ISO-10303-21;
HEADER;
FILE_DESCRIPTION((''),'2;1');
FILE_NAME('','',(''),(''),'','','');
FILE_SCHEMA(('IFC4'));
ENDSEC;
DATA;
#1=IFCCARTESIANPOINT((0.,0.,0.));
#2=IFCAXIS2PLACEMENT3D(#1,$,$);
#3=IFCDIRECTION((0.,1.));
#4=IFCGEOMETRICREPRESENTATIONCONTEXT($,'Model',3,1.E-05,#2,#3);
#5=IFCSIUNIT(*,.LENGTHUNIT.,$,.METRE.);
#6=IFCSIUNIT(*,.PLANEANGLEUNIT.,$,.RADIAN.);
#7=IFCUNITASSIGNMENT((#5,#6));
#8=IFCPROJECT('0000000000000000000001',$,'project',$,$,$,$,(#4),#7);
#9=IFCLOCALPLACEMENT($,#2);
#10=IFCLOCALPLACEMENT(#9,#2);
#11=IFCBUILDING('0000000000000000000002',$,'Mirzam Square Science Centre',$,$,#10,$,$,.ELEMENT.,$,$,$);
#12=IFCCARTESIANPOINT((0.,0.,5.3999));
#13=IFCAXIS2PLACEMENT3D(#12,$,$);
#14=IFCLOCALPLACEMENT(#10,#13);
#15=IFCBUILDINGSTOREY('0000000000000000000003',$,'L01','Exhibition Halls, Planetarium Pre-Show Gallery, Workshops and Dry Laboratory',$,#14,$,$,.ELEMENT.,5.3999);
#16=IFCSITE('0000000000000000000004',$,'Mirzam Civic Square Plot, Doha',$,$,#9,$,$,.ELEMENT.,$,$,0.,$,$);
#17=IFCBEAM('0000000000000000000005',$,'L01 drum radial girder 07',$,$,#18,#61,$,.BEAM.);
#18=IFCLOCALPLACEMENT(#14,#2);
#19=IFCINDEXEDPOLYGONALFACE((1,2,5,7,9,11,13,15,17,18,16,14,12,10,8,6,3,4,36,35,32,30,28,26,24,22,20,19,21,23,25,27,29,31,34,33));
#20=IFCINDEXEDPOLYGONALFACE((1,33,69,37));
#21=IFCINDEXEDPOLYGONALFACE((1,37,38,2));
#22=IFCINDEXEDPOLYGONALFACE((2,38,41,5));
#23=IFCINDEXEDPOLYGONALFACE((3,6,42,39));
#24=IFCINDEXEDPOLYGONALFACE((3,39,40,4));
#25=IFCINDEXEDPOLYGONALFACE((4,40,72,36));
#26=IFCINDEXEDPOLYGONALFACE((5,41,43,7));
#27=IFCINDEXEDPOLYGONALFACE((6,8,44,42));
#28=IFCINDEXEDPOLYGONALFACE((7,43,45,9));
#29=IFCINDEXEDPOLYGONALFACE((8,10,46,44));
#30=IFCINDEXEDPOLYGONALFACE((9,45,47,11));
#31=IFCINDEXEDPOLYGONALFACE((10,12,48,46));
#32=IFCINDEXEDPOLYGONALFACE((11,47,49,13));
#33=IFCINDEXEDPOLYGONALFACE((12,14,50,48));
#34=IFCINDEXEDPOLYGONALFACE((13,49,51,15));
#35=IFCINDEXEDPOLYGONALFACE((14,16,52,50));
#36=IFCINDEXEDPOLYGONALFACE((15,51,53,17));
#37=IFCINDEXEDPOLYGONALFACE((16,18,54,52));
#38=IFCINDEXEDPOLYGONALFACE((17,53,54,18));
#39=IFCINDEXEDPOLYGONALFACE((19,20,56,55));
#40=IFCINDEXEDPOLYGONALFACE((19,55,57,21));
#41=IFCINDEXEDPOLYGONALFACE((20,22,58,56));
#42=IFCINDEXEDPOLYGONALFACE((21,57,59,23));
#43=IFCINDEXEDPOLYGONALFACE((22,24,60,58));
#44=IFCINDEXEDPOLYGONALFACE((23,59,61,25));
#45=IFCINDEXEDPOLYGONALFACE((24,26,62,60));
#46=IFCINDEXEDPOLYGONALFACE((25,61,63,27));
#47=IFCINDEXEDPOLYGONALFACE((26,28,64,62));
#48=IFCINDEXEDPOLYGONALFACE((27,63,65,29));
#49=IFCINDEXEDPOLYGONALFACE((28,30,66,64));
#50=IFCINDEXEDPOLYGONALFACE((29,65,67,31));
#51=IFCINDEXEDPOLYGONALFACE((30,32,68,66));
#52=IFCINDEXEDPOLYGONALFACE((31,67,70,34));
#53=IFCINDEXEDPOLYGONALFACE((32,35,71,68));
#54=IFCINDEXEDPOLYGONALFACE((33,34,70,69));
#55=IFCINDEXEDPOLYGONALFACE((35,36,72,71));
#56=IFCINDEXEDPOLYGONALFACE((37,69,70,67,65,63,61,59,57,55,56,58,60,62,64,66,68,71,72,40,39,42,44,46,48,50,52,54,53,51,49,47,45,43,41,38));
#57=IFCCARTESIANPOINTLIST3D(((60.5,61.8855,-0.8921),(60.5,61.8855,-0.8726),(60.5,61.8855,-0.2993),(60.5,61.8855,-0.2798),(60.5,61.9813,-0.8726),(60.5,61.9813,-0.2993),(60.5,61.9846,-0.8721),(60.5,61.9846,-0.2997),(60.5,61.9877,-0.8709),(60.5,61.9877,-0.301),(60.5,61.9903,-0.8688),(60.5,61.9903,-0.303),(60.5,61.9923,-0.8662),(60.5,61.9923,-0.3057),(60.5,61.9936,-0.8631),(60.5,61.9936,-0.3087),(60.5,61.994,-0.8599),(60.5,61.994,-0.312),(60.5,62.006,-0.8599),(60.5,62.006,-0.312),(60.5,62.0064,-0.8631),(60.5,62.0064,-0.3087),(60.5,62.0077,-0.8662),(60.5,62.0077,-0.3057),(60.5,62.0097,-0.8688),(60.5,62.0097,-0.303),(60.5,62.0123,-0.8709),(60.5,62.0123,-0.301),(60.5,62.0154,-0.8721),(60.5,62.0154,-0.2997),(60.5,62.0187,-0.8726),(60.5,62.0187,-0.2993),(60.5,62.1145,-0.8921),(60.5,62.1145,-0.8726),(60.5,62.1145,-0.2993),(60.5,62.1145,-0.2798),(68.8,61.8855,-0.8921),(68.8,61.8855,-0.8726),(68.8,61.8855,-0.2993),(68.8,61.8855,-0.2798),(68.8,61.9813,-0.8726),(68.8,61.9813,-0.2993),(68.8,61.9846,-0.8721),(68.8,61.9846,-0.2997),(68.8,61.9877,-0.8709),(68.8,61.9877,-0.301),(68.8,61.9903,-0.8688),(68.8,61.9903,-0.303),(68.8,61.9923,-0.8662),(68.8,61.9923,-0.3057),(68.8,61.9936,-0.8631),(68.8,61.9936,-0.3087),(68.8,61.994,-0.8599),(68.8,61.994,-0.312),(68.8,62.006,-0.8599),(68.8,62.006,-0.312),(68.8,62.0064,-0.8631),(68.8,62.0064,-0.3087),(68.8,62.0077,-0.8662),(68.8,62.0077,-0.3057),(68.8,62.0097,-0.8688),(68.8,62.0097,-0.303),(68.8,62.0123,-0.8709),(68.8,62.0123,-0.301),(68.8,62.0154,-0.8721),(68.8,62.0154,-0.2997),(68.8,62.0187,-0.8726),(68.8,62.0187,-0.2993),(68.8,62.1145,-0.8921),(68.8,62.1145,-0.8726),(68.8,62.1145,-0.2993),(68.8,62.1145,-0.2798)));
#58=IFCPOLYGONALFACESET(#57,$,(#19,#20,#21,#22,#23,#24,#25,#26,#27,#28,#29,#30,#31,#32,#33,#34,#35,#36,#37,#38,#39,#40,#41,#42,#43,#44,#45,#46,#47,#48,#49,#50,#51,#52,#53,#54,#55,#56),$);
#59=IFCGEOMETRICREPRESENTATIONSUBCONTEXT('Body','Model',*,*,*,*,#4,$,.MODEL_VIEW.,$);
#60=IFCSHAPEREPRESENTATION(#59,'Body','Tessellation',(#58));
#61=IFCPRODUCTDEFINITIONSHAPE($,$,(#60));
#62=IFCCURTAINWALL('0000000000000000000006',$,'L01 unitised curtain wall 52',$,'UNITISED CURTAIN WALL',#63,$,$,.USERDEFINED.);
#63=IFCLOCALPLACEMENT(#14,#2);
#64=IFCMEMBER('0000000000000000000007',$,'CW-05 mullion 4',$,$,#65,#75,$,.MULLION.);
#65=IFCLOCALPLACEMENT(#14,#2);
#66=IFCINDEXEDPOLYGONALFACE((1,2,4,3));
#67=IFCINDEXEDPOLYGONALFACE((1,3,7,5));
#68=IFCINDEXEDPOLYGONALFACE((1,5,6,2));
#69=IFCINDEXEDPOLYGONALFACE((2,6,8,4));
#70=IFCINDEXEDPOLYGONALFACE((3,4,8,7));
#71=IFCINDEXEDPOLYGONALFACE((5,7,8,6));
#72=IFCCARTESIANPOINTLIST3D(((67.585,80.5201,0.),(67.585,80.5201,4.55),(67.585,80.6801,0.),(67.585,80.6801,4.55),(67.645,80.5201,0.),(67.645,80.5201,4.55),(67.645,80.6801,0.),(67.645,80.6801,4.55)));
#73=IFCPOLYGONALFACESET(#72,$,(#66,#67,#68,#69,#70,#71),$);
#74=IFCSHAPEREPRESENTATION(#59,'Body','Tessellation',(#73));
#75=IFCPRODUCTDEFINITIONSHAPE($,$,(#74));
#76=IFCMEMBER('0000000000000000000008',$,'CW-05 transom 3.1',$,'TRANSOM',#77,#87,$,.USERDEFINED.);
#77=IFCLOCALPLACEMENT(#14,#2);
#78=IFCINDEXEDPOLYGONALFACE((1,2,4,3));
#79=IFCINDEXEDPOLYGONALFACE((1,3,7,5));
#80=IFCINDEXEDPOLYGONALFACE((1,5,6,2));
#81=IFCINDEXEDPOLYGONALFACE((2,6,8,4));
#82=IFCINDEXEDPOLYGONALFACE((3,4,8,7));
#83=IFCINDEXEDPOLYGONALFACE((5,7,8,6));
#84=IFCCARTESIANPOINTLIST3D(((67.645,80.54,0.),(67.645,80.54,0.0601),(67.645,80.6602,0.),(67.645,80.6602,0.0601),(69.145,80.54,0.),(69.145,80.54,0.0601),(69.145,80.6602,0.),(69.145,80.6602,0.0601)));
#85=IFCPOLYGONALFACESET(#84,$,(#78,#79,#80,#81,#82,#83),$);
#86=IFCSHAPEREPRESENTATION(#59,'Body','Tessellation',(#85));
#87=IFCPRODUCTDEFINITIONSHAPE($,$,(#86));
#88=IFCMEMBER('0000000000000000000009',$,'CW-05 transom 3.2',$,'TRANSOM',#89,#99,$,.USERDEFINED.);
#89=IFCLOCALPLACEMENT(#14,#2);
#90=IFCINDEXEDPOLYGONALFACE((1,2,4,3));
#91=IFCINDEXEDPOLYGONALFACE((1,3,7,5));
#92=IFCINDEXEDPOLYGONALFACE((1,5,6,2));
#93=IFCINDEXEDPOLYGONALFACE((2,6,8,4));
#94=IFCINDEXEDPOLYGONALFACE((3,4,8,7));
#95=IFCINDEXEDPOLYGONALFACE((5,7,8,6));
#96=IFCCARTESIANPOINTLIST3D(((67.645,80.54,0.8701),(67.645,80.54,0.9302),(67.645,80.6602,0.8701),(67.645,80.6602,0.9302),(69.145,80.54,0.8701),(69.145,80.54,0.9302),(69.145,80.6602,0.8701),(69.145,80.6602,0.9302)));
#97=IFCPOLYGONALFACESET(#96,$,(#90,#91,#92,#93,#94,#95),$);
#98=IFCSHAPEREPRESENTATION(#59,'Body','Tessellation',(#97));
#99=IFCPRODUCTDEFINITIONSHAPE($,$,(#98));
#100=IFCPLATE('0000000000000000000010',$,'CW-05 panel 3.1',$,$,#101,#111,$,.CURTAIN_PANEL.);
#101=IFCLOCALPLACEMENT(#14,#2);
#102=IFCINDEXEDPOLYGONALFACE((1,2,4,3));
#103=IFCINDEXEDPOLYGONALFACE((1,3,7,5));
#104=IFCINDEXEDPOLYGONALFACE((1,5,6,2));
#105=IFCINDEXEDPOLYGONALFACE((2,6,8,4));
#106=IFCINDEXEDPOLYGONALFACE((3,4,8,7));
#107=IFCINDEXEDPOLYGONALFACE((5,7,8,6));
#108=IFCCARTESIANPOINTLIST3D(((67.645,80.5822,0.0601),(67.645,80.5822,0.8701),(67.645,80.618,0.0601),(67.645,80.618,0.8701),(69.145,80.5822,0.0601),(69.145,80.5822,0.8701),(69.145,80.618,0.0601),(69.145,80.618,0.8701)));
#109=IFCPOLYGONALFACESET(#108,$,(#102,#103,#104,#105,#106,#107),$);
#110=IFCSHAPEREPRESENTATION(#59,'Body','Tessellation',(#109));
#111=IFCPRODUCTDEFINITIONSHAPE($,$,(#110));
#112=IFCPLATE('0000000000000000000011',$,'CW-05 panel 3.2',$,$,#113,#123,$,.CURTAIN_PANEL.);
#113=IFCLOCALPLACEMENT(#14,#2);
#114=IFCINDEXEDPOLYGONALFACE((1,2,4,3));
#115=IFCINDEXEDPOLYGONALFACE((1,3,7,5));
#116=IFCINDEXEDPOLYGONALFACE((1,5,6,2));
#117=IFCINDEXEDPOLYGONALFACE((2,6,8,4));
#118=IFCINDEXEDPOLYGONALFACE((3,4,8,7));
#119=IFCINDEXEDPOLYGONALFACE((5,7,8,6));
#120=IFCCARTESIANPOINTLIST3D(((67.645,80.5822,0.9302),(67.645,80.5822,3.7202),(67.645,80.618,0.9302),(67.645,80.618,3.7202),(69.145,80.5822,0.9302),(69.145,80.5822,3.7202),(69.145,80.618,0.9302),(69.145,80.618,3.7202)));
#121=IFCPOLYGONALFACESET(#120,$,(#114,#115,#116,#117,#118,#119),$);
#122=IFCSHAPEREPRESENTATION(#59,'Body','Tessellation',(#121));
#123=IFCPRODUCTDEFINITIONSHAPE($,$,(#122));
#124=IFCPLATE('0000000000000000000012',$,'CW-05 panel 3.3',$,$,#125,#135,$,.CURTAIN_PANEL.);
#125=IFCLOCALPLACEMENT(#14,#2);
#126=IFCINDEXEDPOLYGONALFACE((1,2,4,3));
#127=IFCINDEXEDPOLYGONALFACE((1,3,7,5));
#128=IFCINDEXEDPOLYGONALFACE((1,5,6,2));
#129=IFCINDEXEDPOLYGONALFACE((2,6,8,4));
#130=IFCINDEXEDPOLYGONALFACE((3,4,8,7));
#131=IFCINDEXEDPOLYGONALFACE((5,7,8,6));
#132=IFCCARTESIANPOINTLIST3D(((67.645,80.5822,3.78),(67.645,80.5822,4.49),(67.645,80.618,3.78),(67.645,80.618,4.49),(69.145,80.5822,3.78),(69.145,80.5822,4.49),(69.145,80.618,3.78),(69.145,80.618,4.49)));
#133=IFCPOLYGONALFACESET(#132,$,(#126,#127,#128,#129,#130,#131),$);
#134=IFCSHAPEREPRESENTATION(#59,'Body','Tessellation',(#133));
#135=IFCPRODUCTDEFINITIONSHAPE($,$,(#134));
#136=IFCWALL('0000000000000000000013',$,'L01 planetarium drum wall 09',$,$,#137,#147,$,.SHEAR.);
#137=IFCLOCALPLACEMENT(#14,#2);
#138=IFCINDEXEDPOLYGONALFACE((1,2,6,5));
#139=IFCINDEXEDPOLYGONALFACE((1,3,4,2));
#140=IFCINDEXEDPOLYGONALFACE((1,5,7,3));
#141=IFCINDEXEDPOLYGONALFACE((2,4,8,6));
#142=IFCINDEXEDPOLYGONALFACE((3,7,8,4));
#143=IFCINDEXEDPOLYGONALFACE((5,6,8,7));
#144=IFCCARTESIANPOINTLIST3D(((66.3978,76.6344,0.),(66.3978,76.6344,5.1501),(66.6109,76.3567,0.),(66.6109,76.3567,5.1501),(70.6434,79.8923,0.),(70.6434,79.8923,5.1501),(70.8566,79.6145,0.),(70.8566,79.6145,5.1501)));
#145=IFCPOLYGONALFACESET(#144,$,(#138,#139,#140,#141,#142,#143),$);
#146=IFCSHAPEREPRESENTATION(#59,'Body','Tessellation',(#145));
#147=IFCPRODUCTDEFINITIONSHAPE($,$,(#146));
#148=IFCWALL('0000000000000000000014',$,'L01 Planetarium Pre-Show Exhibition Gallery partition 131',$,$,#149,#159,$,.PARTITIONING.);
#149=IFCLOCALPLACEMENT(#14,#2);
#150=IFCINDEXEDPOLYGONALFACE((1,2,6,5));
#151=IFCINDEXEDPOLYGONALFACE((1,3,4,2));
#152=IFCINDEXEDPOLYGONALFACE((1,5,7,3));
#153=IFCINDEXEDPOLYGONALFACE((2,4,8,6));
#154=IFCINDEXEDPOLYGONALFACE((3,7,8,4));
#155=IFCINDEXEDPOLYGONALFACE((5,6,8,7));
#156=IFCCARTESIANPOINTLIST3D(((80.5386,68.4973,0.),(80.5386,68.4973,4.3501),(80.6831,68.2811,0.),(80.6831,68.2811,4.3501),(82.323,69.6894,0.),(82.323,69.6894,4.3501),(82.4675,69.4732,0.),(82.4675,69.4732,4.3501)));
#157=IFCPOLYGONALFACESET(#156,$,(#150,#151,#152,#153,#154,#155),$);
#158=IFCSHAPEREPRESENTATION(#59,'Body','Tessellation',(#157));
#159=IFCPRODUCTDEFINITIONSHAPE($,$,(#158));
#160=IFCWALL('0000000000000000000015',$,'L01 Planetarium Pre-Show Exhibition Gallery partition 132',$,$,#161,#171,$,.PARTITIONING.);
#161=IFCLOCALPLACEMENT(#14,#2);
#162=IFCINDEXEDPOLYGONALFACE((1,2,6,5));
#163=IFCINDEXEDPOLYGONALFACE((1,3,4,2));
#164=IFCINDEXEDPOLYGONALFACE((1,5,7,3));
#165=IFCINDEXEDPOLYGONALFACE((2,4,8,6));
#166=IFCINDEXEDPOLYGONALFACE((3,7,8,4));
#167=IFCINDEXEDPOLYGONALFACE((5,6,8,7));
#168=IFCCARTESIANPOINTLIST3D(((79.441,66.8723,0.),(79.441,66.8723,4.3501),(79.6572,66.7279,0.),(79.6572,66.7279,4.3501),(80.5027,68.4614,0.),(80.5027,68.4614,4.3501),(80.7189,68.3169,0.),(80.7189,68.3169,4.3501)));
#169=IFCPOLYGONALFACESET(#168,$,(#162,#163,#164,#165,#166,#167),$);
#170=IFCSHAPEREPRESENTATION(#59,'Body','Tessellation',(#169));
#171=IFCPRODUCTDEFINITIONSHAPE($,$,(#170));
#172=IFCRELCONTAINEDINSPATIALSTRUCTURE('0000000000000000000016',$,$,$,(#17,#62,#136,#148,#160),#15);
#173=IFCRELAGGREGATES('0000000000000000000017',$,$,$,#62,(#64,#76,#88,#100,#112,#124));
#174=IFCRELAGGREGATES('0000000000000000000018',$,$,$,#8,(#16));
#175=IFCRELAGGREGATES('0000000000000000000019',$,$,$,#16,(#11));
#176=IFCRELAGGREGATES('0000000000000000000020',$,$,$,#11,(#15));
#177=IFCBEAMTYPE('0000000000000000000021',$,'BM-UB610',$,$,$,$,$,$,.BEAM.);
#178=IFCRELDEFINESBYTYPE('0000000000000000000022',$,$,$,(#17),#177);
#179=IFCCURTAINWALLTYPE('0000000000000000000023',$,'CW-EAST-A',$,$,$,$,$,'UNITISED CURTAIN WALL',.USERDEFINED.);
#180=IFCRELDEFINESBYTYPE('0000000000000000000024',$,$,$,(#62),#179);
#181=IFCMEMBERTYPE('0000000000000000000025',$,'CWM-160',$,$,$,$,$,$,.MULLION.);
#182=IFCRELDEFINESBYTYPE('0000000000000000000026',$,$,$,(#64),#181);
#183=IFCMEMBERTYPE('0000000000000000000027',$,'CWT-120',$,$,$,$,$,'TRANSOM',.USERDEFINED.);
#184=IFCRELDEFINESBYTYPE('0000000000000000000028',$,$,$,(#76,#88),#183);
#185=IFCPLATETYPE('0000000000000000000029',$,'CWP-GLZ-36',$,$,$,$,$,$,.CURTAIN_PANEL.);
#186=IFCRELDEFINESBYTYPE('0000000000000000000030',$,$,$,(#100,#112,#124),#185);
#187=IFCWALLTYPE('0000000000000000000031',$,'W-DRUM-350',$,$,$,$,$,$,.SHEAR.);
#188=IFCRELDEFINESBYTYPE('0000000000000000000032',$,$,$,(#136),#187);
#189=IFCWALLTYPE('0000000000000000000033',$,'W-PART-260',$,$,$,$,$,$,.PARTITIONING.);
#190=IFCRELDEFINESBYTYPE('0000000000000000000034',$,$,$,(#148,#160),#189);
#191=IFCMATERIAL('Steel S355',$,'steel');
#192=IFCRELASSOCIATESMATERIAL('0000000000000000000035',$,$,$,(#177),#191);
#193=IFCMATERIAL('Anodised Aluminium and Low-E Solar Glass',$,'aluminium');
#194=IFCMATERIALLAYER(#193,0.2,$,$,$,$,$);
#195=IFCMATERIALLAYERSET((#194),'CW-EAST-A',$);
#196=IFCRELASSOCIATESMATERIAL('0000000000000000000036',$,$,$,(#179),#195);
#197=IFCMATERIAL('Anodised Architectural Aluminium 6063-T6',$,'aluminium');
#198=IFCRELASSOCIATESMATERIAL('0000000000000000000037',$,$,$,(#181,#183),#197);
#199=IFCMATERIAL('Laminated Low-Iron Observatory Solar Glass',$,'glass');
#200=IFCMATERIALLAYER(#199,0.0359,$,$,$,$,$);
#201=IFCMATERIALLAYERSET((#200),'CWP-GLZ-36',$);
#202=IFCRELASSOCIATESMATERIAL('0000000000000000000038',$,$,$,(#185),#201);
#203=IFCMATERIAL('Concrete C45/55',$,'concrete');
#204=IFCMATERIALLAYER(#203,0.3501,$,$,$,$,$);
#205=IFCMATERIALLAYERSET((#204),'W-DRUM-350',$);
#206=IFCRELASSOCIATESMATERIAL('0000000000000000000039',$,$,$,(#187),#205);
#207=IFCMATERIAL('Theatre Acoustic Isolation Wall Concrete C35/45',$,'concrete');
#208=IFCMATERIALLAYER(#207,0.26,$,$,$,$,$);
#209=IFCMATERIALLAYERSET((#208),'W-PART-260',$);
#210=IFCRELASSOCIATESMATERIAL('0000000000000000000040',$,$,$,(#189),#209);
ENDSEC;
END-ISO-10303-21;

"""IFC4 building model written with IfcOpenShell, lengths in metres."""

from ifc_helpers import new_model, si_unit, direction, frame, frame_2d, origin, origin_2d, place, context, subcontext, project, spatial, rectangle, i_section, extrude, material, layer, layer_set, material_profile, profile_set, type_object, element, aggregate, save


model = new_model("IFC4")

# Units and contexts
model_context = context("Model", 3, precision=1e-05, world=origin(), true_north=direction((0.0, 1.0)))
body_context = subcontext(model_context, "Body", "Model", "MODEL_VIEW")
ifc_project = project(units=[si_unit("LENGTHUNIT", "METRE"), si_unit("PLANEANGLEUNIT", "RADIAN")], contexts=[model_context])

# Site, building, storey
site_placement = place(None, origin())
site = spatial("IfcSite", under=ifc_project, at=site_placement, Name="Mirzam Civic Square Plot, Doha", CompositionType="ELEMENT", RefElevation=0.0)
building_placement = place(site_placement, origin())
building = spatial("IfcBuilding", under=site, at=building_placement, Name="Mirzam Square Science Centre", CompositionType="ELEMENT")
storey_placement = place(building_placement, frame((0.0, 0.0, 5.3999)))
storey = spatial("IfcBuildingStorey", under=building, at=storey_placement, Name="L01", Description="Exhibition Halls, Planetarium Pre-Show Gallery, Workshops and Dry Laboratory", CompositionType="ELEMENT", Elevation=5.3999)

# Shared definitions
ifc_material_1 = material(Name="Steel S355", Category="steel")
ifc_material_2 = material(Name="Concrete C45/55", Category="concrete")

# Beam
ifc_material_profile_1 = material_profile(ifc_material_1, i_section(OverallWidth=0.229, OverallDepth=0.6123, WebThickness=0.012, FlangeThickness=0.0195, FilletRadius=0.0127, at=origin_2d()), Name="610x229x125UB")
ifc_profile_set_1 = profile_set([ifc_material_profile_1], Name="Steel S355")
beam_type_1 = type_object("IfcBeamType", Name="BM-UB610", PredefinedType="BEAM", material=ifc_profile_set_1)
for number, where, z_axis, x_axis, name in (
    (1, (68.8, 62.0, -0.5859), (-1.0, 0.0, 0.0), (0.0, -1.0, 0.0), "L01 drum radial girder 07"),
):
    element("IfcBeam", number, at=place(storey_placement, frame(where, z_axis=z_axis, x_axis=x_axis)), inside=storey, type_object=beam_type_1, Name=name, PredefinedType="BEAM", context=body_context, shape_type="SweptSolid", body=[
        extrude(i_section(OverallWidth=0.229, OverallDepth=0.6123, WebThickness=0.012, FlangeThickness=0.0195, FilletRadius=0.0127, at=origin_2d()), origin(), (0.0, 0.0, 1.0), 8.3),
    ])

# Curtain wall, members, plates
ifc_material_3 = material(Name="Anodised Aluminium and Low-E Solar Glass", Category="aluminium")
ifc_layer_1 = layer(ifc_material_3, 0.2)
ifc_layer_set_1 = layer_set([ifc_layer_1], Name="CW-EAST-A")
curtain_wall_type = type_object("IfcCurtainWallType", Name="CW-EAST-A", ElementType="UNITISED CURTAIN WALL", PredefinedType="USERDEFINED", material=ifc_layer_set_1)
curtain_wall_placement = place(storey_placement, origin())
curtain_wall = element("IfcCurtainWall", 2, at=curtain_wall_placement, inside=storey, type_object=curtain_wall_type, Name="L01 unitised curtain wall 52", ObjectType="UNITISED CURTAIN WALL", PredefinedType="USERDEFINED")
ifc_material_4 = material(Name="Anodised Architectural Aluminium 6063-T6", Category="aluminium")
ifc_material_profile_2 = material_profile(ifc_material_4, rectangle(XDim=0.0601, YDim=0.1599, at=origin_2d()), Name="ALU-MULL-160x60x4")
ifc_profile_set_2 = profile_set([ifc_material_profile_2], Name="Anodised Architectural Aluminium 6063-T6")
member_type_1 = type_object("IfcMemberType", Name="CWM-160", PredefinedType="MULLION", material=ifc_profile_set_2)
member_1_placement = place(storey_placement, frame((67.615, 80.6001, 0.0), z_axis=(0.0, 0.0, 1.0), x_axis=(-1.0, 0.0, 0.0)))
member_1 = element("IfcMember", 3, at=member_1_placement, type_object=member_type_1, Name="CW-05 mullion 4", PredefinedType="MULLION", context=body_context, shape_type="SweptSolid", body=[
    extrude(rectangle(XDim=0.0601, YDim=0.1599, at=origin_2d()), origin(), (0.0, 0.0, 1.0), 4.55),
])
ifc_material_profile_3 = material_profile(ifc_material_4, rectangle(XDim=0.1201, YDim=0.0601, at=origin_2d()), Name="ALU-TRAN-120x60x4")
ifc_profile_set_3 = profile_set([ifc_material_profile_3], Name="Anodised Architectural Aluminium 6063-T6")
member_type_2 = type_object("IfcMemberType", Name="CWT-120", ElementType="TRANSOM", PredefinedType="USERDEFINED", material=ifc_profile_set_3)
member_2_placement = place(storey_placement, frame((69.145, 80.6001, 0.03), z_axis=(-1.0, 0.0, 0.0), x_axis=(0.0, -1.0, 0.0)))
member_2 = element("IfcMember", 4, at=member_2_placement, type_object=member_type_2, Name="CW-05 transom 3.1", ObjectType="TRANSOM", PredefinedType="USERDEFINED", context=body_context, shape_type="SweptSolid", body=[
    extrude(rectangle(XDim=0.1201, YDim=0.0601, at=origin_2d()), origin(), (0.0, 0.0, 1.0), 1.5),
])
member_3_placement = place(storey_placement, frame((69.145, 80.6001, 0.9001), z_axis=(-1.0, 0.0, 0.0), x_axis=(0.0, -1.0, 0.0)))
member_3 = element("IfcMember", 5, at=member_3_placement, type_object=member_type_2, Name="CW-05 transom 3.2", ObjectType="TRANSOM", PredefinedType="USERDEFINED", context=body_context, shape_type="SweptSolid", body=[
    extrude(rectangle(XDim=0.1201, YDim=0.0601, at=origin_2d()), origin(), (0.0, 0.0, 1.0), 1.5),
])
ifc_material_5 = material(Name="Laminated Low-Iron Observatory Solar Glass", Category="glass")
ifc_layer_2 = layer(ifc_material_5, 0.0359)
ifc_layer_set_2 = layer_set([ifc_layer_2], Name="CWP-GLZ-36")
plate_type = type_object("IfcPlateType", Name="CWP-GLZ-36", PredefinedType="CURTAIN_PANEL", material=ifc_layer_set_2)
plate_1_placement = place(storey_placement, frame((68.395, 80.6001, 0.0601), z_axis=(0.0, 0.0, 1.0), x_axis=(-1.0, 0.0, 0.0)))
plate_1 = element("IfcPlate", 6, at=plate_1_placement, type_object=plate_type, Name="CW-05 panel 3.1", PredefinedType="CURTAIN_PANEL", context=body_context, shape_type="SweptSolid", body=[
    extrude(rectangle(XDim=1.5, YDim=0.0359, at=origin_2d()), origin(), (0.0, 0.0, 1.0), 0.8101),
])
plate_2_placement = place(storey_placement, frame((68.395, 80.6001, 0.9302), z_axis=(0.0, 0.0, 1.0), x_axis=(-1.0, 0.0, 0.0)))
plate_2 = element("IfcPlate", 7, at=plate_2_placement, type_object=plate_type, Name="CW-05 panel 3.2", PredefinedType="CURTAIN_PANEL", context=body_context, shape_type="SweptSolid", body=[
    extrude(rectangle(XDim=1.5, YDim=0.0359, at=origin_2d()), origin(), (0.0, 0.0, 1.0), 2.79),
])
plate_3_placement = place(storey_placement, frame((68.395, 80.6001, 3.78), z_axis=(0.0, 0.0, 1.0), x_axis=(-1.0, 0.0, 0.0)))
plate_3 = element("IfcPlate", 8, at=plate_3_placement, type_object=plate_type, Name="CW-05 panel 3.3", PredefinedType="CURTAIN_PANEL", context=body_context, shape_type="SweptSolid", body=[
    extrude(rectangle(XDim=1.5, YDim=0.0359, at=origin_2d()), origin(), (0.0, 0.0, 1.0), 0.71),
])
aggregate(curtain_wall, [member_1, member_2, member_3, plate_1, plate_2, plate_3])

# Walls
ifc_layer_3 = layer(ifc_material_2, 0.3501)
ifc_layer_set_3 = layer_set([ifc_layer_3], Name="W-DRUM-350")
wall_type_1 = type_object("IfcWallType", Name="W-DRUM-350", PredefinedType="SHEAR", material=ifc_layer_set_3)
wall_1_placement = place(storey_placement, frame((70.75, 79.7534, 0.0), z_axis=(0.0, 0.0, 1.0), x_axis=(-0.793349, -0.608767, 0.0)))
element("IfcWall", 9, at=wall_1_placement, inside=storey, type_object=wall_type_1, Name="L01 planetarium drum wall 09", PredefinedType="SHEAR", context=body_context, shape_type="SweptSolid", body=[
    extrude(rectangle(XDim=5.3516, YDim=0.3501, at=frame_2d((2.6758, 0.0))), origin(), (0.0, 0.0, 1.0), 5.1501),
])
ifc_material_6 = material(Name="Theatre Acoustic Isolation Wall Concrete C35/45", Category="concrete")
ifc_layer_4 = layer(ifc_material_6, 0.26)
ifc_layer_set_4 = layer_set([ifc_layer_4], Name="W-PART-260")
wall_type_2 = type_object("IfcWallType", Name="W-PART-260", PredefinedType="PARTITIONING", material=ifc_layer_set_4)
wall_2_placement = place(storey_placement, frame((82.3953, 69.5813, 0.0), z_axis=(0.0, 0.0, 1.0), x_axis=(-0.831507, -0.555514, 0.0)))
element("IfcWall", 10, at=wall_2_placement, inside=storey, type_object=wall_type_2, Name="L01 Planetarium Pre-Show Exhibition Gallery partition 131", PredefinedType="PARTITIONING", context=body_context, shape_type="SweptSolid", body=[
    extrude(rectangle(XDim=2.146, YDim=0.26, at=frame_2d((1.073, 0.0))), origin(), (0.0, 0.0, 1.0), 4.3501),
])
wall_3_placement = place(storey_placement, frame((80.6108, 68.3892, 0.0), z_axis=(0.0, 0.0, 1.0), x_axis=(-0.555555, -0.83148, 0.0)))
element("IfcWall", 11, at=wall_3_placement, inside=storey, type_object=wall_type_2, Name="L01 Planetarium Pre-Show Exhibition Gallery partition 132", PredefinedType="PARTITIONING", context=body_context, shape_type="SweptSolid", body=[
    extrude(rectangle(XDim=1.9111, YDim=0.26, at=frame_2d((0.9556, 0.0))), origin(), (0.0, 0.0, 1.0), 4.3501),
])

save(model, "model.ifc")
